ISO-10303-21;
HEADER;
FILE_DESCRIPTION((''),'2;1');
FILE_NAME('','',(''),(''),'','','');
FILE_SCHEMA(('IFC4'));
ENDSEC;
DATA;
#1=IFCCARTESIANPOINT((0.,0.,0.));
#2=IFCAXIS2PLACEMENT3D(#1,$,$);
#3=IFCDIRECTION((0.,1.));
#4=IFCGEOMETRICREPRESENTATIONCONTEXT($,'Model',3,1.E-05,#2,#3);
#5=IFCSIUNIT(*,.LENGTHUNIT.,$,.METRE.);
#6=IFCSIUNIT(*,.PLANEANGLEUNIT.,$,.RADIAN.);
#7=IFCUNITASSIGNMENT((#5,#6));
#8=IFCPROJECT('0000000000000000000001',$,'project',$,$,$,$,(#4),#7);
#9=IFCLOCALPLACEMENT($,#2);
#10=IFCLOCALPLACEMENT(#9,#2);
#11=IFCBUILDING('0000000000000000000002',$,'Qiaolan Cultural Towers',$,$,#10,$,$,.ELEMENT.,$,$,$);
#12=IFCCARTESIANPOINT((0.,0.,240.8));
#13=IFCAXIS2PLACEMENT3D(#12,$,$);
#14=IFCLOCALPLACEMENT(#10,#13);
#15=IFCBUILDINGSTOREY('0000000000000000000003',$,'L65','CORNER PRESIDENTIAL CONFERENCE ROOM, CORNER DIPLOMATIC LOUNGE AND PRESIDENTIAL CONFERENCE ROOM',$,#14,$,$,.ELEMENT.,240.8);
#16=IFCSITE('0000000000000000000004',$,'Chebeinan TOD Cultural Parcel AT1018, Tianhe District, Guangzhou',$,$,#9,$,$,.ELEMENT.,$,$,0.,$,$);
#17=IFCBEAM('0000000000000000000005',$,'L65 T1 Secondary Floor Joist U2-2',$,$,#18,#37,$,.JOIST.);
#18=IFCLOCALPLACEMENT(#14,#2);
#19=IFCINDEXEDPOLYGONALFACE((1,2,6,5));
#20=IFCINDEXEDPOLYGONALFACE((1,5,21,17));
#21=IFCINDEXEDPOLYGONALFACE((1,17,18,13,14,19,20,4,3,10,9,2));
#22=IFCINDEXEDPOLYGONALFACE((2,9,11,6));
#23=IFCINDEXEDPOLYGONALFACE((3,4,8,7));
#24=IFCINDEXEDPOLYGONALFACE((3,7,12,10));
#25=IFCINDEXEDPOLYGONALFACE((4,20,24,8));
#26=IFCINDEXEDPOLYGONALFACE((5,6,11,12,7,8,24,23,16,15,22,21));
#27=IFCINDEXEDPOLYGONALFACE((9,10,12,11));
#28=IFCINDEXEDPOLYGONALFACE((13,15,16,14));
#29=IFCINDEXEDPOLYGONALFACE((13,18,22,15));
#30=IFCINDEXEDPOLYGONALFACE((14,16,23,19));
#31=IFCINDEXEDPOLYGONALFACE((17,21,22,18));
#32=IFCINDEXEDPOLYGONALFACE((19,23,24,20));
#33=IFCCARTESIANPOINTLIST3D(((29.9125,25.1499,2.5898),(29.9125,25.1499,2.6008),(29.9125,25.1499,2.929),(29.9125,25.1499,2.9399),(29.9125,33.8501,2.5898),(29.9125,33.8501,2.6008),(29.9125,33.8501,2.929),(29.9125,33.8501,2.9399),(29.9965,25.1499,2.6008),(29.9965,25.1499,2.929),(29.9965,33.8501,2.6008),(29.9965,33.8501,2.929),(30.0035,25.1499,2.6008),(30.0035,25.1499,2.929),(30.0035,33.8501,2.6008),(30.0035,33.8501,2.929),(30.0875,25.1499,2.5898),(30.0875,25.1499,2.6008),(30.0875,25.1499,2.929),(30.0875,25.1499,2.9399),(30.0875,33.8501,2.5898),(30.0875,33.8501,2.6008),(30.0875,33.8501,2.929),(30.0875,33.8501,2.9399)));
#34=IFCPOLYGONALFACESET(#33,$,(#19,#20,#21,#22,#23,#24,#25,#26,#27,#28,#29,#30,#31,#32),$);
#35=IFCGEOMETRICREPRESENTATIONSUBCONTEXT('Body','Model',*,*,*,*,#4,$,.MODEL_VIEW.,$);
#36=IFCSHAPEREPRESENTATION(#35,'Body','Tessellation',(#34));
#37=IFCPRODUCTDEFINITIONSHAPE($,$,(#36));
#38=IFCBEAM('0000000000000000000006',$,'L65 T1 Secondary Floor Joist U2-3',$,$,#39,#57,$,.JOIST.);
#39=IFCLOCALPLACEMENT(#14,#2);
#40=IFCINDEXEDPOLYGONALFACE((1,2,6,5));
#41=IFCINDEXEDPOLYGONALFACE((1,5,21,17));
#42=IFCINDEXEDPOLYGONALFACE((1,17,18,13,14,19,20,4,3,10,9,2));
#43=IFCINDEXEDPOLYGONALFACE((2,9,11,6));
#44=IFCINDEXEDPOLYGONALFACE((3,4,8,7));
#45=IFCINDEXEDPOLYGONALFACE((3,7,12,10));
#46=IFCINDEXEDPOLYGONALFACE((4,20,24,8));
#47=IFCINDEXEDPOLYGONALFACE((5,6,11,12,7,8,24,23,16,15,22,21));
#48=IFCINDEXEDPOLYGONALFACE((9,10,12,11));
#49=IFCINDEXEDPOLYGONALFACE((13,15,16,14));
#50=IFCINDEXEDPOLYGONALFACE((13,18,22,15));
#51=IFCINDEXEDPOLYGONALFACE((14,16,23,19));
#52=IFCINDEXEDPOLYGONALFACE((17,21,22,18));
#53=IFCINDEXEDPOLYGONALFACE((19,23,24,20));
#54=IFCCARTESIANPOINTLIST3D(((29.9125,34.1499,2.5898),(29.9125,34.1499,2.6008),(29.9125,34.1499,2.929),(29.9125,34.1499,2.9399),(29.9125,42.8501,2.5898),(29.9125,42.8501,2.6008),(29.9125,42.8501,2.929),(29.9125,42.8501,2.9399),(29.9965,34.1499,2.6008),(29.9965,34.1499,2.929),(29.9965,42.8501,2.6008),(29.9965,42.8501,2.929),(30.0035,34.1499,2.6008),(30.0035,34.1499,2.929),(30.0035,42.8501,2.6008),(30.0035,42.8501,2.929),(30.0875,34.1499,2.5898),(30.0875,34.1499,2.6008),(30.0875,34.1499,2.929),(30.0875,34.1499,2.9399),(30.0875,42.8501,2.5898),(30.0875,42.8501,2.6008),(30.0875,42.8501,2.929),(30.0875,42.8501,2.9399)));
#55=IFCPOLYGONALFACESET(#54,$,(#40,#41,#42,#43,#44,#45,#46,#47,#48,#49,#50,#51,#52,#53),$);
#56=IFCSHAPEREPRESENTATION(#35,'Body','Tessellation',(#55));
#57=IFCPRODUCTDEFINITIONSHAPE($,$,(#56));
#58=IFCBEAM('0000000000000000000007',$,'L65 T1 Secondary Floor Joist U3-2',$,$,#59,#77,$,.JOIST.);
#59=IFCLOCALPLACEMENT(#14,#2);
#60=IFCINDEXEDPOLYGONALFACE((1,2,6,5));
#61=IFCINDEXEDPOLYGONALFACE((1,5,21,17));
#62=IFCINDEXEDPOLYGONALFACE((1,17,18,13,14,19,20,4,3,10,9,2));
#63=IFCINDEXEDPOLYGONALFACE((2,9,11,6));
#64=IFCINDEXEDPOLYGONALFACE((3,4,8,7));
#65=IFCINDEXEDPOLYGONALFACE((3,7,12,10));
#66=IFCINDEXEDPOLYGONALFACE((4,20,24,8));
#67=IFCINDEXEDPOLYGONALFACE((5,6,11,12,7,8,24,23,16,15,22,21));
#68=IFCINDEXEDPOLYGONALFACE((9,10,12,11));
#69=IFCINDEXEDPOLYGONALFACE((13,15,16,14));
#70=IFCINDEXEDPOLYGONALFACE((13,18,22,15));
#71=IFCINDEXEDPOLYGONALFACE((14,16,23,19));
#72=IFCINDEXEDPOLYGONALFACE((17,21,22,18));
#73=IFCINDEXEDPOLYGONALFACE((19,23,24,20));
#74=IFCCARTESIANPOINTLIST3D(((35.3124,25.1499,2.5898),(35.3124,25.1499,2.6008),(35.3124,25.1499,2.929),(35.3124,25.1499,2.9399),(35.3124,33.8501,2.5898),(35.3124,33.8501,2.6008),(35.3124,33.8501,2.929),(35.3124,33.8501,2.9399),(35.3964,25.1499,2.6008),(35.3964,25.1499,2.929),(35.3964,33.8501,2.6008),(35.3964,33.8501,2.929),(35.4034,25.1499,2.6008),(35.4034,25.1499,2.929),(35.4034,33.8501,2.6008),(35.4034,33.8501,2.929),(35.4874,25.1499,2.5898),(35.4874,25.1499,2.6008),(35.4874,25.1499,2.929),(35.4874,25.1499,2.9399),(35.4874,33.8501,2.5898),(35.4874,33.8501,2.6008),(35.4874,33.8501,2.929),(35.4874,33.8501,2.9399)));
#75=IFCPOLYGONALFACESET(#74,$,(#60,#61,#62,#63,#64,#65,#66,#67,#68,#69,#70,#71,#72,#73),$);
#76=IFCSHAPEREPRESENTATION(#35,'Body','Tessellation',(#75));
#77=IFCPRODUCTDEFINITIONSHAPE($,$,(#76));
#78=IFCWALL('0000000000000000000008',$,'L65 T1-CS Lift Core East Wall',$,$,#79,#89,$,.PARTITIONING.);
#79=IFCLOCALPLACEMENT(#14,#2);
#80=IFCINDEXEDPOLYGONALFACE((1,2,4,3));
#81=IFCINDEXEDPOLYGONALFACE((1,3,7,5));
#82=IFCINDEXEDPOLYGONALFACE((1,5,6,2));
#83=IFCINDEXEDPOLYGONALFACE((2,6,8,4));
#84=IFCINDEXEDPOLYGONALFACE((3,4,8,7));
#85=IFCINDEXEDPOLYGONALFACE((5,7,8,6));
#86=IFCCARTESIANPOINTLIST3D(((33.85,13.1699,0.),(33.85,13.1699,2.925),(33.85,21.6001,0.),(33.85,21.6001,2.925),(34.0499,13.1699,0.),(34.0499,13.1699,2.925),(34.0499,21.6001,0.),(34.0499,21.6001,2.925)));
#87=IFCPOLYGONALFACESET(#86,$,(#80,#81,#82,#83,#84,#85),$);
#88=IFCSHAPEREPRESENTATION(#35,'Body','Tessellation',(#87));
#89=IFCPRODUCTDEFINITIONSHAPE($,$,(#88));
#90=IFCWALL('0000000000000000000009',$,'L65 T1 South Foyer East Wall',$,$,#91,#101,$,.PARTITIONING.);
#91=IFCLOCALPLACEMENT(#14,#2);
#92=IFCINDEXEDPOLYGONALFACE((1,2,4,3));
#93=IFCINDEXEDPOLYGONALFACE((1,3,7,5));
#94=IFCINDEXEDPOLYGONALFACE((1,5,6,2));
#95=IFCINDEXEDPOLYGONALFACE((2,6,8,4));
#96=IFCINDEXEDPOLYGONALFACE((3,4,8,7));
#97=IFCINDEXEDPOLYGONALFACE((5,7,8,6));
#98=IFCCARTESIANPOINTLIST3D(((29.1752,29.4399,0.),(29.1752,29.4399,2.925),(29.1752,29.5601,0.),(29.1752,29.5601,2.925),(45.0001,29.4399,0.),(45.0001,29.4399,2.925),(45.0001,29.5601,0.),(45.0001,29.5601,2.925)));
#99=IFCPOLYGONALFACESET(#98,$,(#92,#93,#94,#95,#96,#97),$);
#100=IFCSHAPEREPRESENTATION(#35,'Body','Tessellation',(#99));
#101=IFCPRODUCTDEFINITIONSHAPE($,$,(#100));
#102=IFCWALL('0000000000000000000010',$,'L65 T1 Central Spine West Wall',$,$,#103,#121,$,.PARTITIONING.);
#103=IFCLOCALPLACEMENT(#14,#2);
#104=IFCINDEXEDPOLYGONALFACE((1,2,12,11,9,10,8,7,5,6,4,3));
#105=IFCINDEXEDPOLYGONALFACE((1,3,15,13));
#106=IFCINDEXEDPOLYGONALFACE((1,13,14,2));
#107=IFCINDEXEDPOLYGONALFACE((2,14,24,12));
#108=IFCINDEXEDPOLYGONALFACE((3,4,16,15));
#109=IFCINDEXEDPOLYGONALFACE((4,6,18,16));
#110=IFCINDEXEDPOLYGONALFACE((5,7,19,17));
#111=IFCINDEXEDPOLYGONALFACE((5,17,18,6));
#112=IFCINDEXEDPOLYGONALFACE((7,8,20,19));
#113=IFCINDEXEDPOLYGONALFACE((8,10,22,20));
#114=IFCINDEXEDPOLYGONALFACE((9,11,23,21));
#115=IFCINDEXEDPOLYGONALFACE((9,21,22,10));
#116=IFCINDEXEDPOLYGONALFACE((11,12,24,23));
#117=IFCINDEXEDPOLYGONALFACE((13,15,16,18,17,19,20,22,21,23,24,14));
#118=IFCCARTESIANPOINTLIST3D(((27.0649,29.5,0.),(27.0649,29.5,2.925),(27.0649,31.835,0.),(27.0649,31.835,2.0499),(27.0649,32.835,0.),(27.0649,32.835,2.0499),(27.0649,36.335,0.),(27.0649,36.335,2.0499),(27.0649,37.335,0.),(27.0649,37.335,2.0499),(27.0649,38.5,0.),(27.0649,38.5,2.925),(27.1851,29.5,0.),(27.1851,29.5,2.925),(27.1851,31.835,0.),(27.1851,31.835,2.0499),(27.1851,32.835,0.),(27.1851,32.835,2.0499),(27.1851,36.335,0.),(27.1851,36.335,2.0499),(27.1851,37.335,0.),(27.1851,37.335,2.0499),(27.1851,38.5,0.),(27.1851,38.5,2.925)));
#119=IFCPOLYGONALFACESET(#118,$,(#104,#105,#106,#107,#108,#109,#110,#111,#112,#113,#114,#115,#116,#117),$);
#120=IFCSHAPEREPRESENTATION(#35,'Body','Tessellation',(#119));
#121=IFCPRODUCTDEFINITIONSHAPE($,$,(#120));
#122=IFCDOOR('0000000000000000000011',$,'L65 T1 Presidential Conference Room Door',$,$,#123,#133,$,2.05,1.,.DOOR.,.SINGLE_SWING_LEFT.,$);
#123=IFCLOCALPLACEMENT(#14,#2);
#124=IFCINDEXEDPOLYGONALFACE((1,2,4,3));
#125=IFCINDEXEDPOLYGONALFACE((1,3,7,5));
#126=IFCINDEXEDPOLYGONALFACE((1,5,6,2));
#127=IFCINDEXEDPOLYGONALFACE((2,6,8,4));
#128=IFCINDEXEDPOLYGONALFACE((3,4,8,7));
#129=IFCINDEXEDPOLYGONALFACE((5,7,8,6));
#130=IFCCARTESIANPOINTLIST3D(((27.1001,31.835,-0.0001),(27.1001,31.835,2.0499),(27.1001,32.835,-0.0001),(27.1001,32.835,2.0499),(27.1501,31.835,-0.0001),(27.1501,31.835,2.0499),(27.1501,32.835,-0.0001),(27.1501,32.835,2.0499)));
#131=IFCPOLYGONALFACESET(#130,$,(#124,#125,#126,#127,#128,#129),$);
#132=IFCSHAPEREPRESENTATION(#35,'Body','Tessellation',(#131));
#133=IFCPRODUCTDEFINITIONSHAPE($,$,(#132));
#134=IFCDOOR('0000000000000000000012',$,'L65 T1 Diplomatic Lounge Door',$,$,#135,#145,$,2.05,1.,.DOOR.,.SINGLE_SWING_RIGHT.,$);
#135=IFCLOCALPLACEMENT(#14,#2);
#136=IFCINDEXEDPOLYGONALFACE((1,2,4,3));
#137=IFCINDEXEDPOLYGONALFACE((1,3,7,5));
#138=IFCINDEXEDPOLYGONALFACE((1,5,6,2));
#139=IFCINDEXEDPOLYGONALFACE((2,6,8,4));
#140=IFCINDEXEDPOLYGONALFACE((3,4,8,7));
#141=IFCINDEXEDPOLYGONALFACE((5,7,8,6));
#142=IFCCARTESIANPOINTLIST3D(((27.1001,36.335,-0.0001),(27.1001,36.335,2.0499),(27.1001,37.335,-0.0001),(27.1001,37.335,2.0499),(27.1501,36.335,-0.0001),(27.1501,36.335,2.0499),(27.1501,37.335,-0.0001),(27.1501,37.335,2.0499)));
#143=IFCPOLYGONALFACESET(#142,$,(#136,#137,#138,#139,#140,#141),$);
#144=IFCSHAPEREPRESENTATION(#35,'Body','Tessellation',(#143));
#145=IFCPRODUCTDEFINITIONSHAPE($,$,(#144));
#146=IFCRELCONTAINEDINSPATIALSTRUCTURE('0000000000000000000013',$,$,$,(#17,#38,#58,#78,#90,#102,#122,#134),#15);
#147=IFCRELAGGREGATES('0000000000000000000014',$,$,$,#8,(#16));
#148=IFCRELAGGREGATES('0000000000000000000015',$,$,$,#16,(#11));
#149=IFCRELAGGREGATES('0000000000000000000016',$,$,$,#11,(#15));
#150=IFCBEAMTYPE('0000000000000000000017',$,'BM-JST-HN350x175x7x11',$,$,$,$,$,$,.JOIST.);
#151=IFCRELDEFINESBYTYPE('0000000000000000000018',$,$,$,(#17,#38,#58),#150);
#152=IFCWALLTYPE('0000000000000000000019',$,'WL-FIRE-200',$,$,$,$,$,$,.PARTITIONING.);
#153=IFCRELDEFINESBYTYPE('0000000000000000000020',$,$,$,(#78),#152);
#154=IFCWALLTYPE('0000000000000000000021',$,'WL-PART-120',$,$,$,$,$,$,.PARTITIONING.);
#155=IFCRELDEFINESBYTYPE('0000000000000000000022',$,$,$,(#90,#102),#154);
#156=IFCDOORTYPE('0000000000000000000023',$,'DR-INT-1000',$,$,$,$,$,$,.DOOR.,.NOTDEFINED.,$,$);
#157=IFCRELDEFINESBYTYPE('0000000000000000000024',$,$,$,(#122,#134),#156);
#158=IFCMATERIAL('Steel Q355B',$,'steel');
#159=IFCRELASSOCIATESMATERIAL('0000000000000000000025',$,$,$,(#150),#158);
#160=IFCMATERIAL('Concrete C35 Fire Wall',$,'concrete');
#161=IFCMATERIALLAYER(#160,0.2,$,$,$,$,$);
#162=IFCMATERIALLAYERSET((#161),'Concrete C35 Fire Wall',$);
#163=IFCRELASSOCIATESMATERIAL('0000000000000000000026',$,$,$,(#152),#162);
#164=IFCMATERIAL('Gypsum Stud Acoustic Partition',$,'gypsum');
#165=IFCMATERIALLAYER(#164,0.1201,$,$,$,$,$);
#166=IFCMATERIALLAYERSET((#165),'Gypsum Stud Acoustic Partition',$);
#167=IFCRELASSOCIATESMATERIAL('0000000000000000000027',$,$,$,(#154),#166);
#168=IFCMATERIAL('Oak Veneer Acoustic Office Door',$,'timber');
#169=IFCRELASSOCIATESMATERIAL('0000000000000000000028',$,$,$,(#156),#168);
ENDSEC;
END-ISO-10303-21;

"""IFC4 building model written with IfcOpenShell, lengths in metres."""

from ifc_helpers import new_model, si_unit, direction, frame, frame_2d, origin, origin_2d, place, context, subcontext, project, spatial, rectangle, i_section, extrude, material, layer, layer_set, material_profile, profile_set, type_object, element, fill, save


model = new_model("IFC4")

# Units and contexts
model_context = context("Model", 3, precision=1e-05, world=origin(), true_north=direction((0.0, 1.0)))
body_context = subcontext(model_context, "Body", "Model", "MODEL_VIEW")
ifc_project = project(units=[si_unit("LENGTHUNIT", "METRE"), si_unit("PLANEANGLEUNIT", "RADIAN")], contexts=[model_context])

# Site, building, storey
site_placement = place(None, origin())
site = spatial("IfcSite", under=ifc_project, at=site_placement, Name="Chebeinan TOD Cultural Parcel AT1018, Tianhe District, Guangzhou", CompositionType="ELEMENT", RefElevation=0.0)
building_placement = place(site_placement, origin())
building = spatial("IfcBuilding", under=site, at=building_placement, Name="Qiaolan Cultural Towers", CompositionType="ELEMENT")
storey_placement = place(building_placement, frame((0.0, 0.0, 240.8)))
storey = spatial("IfcBuildingStorey", under=building, at=storey_placement, Name="L65", Description="CORNER PRESIDENTIAL CONFERENCE ROOM, CORNER DIPLOMATIC LOUNGE AND PRESIDENTIAL CONFERENCE ROOM", CompositionType="ELEMENT", Elevation=240.8)

# Beams
ifc_material_1 = material(Name="Steel Q355B", Category="steel")
ifc_material_profile = material_profile(ifc_material_1, i_section(OverallWidth=0.175, OverallDepth=0.3501, WebThickness=0.0071, FlangeThickness=0.011, at=origin_2d()), Name="HN350x175x7x11")
ifc_profile_set = profile_set([ifc_material_profile], Name="Steel Q355B")
beam_type = type_object("IfcBeamType", Name="BM-JST-HN350x175x7x11", PredefinedType="JOIST", material=ifc_profile_set)
for number, where, z_axis, x_axis, name in (
    (1, (30.0, 25.1499, 2.7649), (0.0, 1.0, 0.0), (-1.0, 0.0, 0.0), "L65 T1 Secondary Floor Joist U2-2"),
    (2, (30.0, 34.1499, 2.7649), (0.0, 1.0, 0.0), (-1.0, 0.0, 0.0), "L65 T1 Secondary Floor Joist U2-3"),
    (3, (35.3999, 25.1499, 2.7649), (0.0, 1.0, 0.0), (-1.0, 0.0, 0.0), "L65 T1 Secondary Floor Joist U3-2"),
):
    element("IfcBeam", number, at=place(storey_placement, frame(where, z_axis=z_axis, x_axis=x_axis)), inside=storey, type_object=beam_type, Name=name, PredefinedType="JOIST", context=body_context, shape_type="SweptSolid", body=[
        extrude(i_section(OverallWidth=0.175, OverallDepth=0.3501, WebThickness=0.0071, FlangeThickness=0.011, at=origin_2d()), origin(), (0.0, 0.0, 1.0), 8.7002),
    ])

# Walls
ifc_material_2 = material(Name="Concrete C35 Fire Wall", Category="concrete")
ifc_layer_1 = layer(ifc_material_2, 0.2)
ifc_layer_set_1 = layer_set([ifc_layer_1], Name="Concrete C35 Fire Wall")
wall_type_1 = type_object("IfcWallType", Name="WL-FIRE-200", PredefinedType="PARTITIONING", material=ifc_layer_set_1)
wall_1_placement = place(storey_placement, frame((33.95, 21.6001, 0.0), z_axis=(0.0, 0.0, 1.0), x_axis=(0.0, -1.0, 0.0)))
element("IfcWall", 4, at=wall_1_placement, inside=storey, type_object=wall_type_1, Name="L65 T1-CS Lift Core East Wall", PredefinedType="PARTITIONING", context=body_context, shape_type="SweptSolid", body=[
    extrude(rectangle(XDim=8.4302, YDim=0.2, at=frame_2d((4.2151, 0.0))), origin(), (0.0, 0.0, 1.0), 2.925),
])
ifc_material_3 = material(Name="Gypsum Stud Acoustic Partition", Category="gypsum")
ifc_layer_2 = layer(ifc_material_3, 0.1201)
ifc_layer_set_2 = layer_set([ifc_layer_2], Name="Gypsum Stud Acoustic Partition")
wall_type_2 = type_object("IfcWallType", Name="WL-PART-120", PredefinedType="PARTITIONING", material=ifc_layer_set_2)
wall_2_placement = place(storey_placement, frame((29.175, 29.5, 0.0), z_axis=(0.0, 0.0, 1.0), x_axis=(1.0, 0.0, 0.0)))
element("IfcWall", 5, at=wall_2_placement, inside=storey, type_object=wall_type_2, Name="L65 T1 South Foyer East Wall", PredefinedType="PARTITIONING", context=body_context, shape_type="SweptSolid", body=[
    extrude(rectangle(XDim=15.825, YDim=0.1201, at=frame_2d((7.9126, 0.0))), origin(), (0.0, 0.0, 1.0), 2.925),
])

# Wall, openings, doors
wall_3_placement = place(storey_placement, frame((27.125, 29.5, 0.0), z_axis=(0.0, 0.0, 1.0), x_axis=(0.0, 1.0, 0.0)))
wall_3 = element("IfcWall", 6, at=wall_3_placement, inside=storey, type_object=wall_type_2, Name="L65 T1 Central Spine West Wall", PredefinedType="PARTITIONING", context=body_context, shape_type="SweptSolid", body=[
    extrude(rectangle(XDim=9.0, YDim=0.1201, at=frame_2d((4.5, 0.0))), origin(), (0.0, 0.0, 1.0), 2.925),
])
opening_1_placement = place(wall_3_placement, frame((2.335, 0.0, 0.0)))
opening_1 = element("IfcOpeningElement", 7, at=opening_1_placement, cuts=wall_3, PredefinedType="OPENING", context=body_context, shape_type="SweptSolid", body=[
    extrude(rectangle(XDim=1.0, YDim=2.05, at=frame_2d((0.5, 1.0249))), frame((0.0, 0.0701, 0.0), z_axis=(0.0, -1.0, 0.0), x_axis=(1.0, 0.0, 0.0)), (0.0, 0.0, 1.0), 0.1401),
])
opening_2_placement = place(wall_3_placement, frame((6.835, 0.0, 0.0)))
opening_2 = element("IfcOpeningElement", 8, at=opening_2_placement, cuts=wall_3, PredefinedType="OPENING", context=body_context, shape_type="SweptSolid", body=[
    extrude(rectangle(XDim=1.0, YDim=2.05, at=frame_2d((0.5, 1.0249))), frame((0.0, 0.0701, 0.0), z_axis=(0.0, -1.0, 0.0), x_axis=(1.0, 0.0, 0.0)), (0.0, 0.0, 1.0), 0.1401),
])
ifc_material_4 = material(Name="Oak Veneer Acoustic Office Door", Category="timber")
door_type_1 = type_object("IfcDoorType", Name="DR-INT-1000", OperationType="NOTDEFINED", PredefinedType="DOOR", material=ifc_material_4)
door_1_placement = place(opening_1_placement, origin())
door_1 = element("IfcDoor", 9, at=door_1_placement, inside=storey, type_object=door_type_1, Name="L65 T1 Presidential Conference Room Door", OperationType="SINGLE_SWING_LEFT", OverallHeight=2.05, OverallWidth=1.0, PredefinedType="DOOR", context=body_context, shape_type="SweptSolid", body=[
    extrude(rectangle(XDim=1.0, YDim=2.05, at=frame_2d((0.5, 1.0249))), frame((0.0, 0.0249, 0.0), z_axis=(0.0, -1.0, 0.0), x_axis=(1.0, 0.0, 0.0)), (0.0, 0.0, 1.0), 0.05),
])
fill(opening_1, door_1)
door_2_placement = place(opening_2_placement, origin())
door_2 = element("IfcDoor", 10, at=door_2_placement, inside=storey, type_object=door_type_1, Name="L65 T1 Diplomatic Lounge Door", OperationType="SINGLE_SWING_RIGHT", OverallHeight=2.05, OverallWidth=1.0, PredefinedType="DOOR", context=body_context, shape_type="SweptSolid", body=[
    extrude(rectangle(XDim=1.0, YDim=2.05, at=frame_2d((0.5, 1.0249))), frame((0.0, 0.0249, 0.0), z_axis=(0.0, -1.0, 0.0), x_axis=(1.0, 0.0, 0.0)), (0.0, 0.0, 1.0), 0.05),
])
fill(opening_2, door_2)

save(model, "model.ifc")
